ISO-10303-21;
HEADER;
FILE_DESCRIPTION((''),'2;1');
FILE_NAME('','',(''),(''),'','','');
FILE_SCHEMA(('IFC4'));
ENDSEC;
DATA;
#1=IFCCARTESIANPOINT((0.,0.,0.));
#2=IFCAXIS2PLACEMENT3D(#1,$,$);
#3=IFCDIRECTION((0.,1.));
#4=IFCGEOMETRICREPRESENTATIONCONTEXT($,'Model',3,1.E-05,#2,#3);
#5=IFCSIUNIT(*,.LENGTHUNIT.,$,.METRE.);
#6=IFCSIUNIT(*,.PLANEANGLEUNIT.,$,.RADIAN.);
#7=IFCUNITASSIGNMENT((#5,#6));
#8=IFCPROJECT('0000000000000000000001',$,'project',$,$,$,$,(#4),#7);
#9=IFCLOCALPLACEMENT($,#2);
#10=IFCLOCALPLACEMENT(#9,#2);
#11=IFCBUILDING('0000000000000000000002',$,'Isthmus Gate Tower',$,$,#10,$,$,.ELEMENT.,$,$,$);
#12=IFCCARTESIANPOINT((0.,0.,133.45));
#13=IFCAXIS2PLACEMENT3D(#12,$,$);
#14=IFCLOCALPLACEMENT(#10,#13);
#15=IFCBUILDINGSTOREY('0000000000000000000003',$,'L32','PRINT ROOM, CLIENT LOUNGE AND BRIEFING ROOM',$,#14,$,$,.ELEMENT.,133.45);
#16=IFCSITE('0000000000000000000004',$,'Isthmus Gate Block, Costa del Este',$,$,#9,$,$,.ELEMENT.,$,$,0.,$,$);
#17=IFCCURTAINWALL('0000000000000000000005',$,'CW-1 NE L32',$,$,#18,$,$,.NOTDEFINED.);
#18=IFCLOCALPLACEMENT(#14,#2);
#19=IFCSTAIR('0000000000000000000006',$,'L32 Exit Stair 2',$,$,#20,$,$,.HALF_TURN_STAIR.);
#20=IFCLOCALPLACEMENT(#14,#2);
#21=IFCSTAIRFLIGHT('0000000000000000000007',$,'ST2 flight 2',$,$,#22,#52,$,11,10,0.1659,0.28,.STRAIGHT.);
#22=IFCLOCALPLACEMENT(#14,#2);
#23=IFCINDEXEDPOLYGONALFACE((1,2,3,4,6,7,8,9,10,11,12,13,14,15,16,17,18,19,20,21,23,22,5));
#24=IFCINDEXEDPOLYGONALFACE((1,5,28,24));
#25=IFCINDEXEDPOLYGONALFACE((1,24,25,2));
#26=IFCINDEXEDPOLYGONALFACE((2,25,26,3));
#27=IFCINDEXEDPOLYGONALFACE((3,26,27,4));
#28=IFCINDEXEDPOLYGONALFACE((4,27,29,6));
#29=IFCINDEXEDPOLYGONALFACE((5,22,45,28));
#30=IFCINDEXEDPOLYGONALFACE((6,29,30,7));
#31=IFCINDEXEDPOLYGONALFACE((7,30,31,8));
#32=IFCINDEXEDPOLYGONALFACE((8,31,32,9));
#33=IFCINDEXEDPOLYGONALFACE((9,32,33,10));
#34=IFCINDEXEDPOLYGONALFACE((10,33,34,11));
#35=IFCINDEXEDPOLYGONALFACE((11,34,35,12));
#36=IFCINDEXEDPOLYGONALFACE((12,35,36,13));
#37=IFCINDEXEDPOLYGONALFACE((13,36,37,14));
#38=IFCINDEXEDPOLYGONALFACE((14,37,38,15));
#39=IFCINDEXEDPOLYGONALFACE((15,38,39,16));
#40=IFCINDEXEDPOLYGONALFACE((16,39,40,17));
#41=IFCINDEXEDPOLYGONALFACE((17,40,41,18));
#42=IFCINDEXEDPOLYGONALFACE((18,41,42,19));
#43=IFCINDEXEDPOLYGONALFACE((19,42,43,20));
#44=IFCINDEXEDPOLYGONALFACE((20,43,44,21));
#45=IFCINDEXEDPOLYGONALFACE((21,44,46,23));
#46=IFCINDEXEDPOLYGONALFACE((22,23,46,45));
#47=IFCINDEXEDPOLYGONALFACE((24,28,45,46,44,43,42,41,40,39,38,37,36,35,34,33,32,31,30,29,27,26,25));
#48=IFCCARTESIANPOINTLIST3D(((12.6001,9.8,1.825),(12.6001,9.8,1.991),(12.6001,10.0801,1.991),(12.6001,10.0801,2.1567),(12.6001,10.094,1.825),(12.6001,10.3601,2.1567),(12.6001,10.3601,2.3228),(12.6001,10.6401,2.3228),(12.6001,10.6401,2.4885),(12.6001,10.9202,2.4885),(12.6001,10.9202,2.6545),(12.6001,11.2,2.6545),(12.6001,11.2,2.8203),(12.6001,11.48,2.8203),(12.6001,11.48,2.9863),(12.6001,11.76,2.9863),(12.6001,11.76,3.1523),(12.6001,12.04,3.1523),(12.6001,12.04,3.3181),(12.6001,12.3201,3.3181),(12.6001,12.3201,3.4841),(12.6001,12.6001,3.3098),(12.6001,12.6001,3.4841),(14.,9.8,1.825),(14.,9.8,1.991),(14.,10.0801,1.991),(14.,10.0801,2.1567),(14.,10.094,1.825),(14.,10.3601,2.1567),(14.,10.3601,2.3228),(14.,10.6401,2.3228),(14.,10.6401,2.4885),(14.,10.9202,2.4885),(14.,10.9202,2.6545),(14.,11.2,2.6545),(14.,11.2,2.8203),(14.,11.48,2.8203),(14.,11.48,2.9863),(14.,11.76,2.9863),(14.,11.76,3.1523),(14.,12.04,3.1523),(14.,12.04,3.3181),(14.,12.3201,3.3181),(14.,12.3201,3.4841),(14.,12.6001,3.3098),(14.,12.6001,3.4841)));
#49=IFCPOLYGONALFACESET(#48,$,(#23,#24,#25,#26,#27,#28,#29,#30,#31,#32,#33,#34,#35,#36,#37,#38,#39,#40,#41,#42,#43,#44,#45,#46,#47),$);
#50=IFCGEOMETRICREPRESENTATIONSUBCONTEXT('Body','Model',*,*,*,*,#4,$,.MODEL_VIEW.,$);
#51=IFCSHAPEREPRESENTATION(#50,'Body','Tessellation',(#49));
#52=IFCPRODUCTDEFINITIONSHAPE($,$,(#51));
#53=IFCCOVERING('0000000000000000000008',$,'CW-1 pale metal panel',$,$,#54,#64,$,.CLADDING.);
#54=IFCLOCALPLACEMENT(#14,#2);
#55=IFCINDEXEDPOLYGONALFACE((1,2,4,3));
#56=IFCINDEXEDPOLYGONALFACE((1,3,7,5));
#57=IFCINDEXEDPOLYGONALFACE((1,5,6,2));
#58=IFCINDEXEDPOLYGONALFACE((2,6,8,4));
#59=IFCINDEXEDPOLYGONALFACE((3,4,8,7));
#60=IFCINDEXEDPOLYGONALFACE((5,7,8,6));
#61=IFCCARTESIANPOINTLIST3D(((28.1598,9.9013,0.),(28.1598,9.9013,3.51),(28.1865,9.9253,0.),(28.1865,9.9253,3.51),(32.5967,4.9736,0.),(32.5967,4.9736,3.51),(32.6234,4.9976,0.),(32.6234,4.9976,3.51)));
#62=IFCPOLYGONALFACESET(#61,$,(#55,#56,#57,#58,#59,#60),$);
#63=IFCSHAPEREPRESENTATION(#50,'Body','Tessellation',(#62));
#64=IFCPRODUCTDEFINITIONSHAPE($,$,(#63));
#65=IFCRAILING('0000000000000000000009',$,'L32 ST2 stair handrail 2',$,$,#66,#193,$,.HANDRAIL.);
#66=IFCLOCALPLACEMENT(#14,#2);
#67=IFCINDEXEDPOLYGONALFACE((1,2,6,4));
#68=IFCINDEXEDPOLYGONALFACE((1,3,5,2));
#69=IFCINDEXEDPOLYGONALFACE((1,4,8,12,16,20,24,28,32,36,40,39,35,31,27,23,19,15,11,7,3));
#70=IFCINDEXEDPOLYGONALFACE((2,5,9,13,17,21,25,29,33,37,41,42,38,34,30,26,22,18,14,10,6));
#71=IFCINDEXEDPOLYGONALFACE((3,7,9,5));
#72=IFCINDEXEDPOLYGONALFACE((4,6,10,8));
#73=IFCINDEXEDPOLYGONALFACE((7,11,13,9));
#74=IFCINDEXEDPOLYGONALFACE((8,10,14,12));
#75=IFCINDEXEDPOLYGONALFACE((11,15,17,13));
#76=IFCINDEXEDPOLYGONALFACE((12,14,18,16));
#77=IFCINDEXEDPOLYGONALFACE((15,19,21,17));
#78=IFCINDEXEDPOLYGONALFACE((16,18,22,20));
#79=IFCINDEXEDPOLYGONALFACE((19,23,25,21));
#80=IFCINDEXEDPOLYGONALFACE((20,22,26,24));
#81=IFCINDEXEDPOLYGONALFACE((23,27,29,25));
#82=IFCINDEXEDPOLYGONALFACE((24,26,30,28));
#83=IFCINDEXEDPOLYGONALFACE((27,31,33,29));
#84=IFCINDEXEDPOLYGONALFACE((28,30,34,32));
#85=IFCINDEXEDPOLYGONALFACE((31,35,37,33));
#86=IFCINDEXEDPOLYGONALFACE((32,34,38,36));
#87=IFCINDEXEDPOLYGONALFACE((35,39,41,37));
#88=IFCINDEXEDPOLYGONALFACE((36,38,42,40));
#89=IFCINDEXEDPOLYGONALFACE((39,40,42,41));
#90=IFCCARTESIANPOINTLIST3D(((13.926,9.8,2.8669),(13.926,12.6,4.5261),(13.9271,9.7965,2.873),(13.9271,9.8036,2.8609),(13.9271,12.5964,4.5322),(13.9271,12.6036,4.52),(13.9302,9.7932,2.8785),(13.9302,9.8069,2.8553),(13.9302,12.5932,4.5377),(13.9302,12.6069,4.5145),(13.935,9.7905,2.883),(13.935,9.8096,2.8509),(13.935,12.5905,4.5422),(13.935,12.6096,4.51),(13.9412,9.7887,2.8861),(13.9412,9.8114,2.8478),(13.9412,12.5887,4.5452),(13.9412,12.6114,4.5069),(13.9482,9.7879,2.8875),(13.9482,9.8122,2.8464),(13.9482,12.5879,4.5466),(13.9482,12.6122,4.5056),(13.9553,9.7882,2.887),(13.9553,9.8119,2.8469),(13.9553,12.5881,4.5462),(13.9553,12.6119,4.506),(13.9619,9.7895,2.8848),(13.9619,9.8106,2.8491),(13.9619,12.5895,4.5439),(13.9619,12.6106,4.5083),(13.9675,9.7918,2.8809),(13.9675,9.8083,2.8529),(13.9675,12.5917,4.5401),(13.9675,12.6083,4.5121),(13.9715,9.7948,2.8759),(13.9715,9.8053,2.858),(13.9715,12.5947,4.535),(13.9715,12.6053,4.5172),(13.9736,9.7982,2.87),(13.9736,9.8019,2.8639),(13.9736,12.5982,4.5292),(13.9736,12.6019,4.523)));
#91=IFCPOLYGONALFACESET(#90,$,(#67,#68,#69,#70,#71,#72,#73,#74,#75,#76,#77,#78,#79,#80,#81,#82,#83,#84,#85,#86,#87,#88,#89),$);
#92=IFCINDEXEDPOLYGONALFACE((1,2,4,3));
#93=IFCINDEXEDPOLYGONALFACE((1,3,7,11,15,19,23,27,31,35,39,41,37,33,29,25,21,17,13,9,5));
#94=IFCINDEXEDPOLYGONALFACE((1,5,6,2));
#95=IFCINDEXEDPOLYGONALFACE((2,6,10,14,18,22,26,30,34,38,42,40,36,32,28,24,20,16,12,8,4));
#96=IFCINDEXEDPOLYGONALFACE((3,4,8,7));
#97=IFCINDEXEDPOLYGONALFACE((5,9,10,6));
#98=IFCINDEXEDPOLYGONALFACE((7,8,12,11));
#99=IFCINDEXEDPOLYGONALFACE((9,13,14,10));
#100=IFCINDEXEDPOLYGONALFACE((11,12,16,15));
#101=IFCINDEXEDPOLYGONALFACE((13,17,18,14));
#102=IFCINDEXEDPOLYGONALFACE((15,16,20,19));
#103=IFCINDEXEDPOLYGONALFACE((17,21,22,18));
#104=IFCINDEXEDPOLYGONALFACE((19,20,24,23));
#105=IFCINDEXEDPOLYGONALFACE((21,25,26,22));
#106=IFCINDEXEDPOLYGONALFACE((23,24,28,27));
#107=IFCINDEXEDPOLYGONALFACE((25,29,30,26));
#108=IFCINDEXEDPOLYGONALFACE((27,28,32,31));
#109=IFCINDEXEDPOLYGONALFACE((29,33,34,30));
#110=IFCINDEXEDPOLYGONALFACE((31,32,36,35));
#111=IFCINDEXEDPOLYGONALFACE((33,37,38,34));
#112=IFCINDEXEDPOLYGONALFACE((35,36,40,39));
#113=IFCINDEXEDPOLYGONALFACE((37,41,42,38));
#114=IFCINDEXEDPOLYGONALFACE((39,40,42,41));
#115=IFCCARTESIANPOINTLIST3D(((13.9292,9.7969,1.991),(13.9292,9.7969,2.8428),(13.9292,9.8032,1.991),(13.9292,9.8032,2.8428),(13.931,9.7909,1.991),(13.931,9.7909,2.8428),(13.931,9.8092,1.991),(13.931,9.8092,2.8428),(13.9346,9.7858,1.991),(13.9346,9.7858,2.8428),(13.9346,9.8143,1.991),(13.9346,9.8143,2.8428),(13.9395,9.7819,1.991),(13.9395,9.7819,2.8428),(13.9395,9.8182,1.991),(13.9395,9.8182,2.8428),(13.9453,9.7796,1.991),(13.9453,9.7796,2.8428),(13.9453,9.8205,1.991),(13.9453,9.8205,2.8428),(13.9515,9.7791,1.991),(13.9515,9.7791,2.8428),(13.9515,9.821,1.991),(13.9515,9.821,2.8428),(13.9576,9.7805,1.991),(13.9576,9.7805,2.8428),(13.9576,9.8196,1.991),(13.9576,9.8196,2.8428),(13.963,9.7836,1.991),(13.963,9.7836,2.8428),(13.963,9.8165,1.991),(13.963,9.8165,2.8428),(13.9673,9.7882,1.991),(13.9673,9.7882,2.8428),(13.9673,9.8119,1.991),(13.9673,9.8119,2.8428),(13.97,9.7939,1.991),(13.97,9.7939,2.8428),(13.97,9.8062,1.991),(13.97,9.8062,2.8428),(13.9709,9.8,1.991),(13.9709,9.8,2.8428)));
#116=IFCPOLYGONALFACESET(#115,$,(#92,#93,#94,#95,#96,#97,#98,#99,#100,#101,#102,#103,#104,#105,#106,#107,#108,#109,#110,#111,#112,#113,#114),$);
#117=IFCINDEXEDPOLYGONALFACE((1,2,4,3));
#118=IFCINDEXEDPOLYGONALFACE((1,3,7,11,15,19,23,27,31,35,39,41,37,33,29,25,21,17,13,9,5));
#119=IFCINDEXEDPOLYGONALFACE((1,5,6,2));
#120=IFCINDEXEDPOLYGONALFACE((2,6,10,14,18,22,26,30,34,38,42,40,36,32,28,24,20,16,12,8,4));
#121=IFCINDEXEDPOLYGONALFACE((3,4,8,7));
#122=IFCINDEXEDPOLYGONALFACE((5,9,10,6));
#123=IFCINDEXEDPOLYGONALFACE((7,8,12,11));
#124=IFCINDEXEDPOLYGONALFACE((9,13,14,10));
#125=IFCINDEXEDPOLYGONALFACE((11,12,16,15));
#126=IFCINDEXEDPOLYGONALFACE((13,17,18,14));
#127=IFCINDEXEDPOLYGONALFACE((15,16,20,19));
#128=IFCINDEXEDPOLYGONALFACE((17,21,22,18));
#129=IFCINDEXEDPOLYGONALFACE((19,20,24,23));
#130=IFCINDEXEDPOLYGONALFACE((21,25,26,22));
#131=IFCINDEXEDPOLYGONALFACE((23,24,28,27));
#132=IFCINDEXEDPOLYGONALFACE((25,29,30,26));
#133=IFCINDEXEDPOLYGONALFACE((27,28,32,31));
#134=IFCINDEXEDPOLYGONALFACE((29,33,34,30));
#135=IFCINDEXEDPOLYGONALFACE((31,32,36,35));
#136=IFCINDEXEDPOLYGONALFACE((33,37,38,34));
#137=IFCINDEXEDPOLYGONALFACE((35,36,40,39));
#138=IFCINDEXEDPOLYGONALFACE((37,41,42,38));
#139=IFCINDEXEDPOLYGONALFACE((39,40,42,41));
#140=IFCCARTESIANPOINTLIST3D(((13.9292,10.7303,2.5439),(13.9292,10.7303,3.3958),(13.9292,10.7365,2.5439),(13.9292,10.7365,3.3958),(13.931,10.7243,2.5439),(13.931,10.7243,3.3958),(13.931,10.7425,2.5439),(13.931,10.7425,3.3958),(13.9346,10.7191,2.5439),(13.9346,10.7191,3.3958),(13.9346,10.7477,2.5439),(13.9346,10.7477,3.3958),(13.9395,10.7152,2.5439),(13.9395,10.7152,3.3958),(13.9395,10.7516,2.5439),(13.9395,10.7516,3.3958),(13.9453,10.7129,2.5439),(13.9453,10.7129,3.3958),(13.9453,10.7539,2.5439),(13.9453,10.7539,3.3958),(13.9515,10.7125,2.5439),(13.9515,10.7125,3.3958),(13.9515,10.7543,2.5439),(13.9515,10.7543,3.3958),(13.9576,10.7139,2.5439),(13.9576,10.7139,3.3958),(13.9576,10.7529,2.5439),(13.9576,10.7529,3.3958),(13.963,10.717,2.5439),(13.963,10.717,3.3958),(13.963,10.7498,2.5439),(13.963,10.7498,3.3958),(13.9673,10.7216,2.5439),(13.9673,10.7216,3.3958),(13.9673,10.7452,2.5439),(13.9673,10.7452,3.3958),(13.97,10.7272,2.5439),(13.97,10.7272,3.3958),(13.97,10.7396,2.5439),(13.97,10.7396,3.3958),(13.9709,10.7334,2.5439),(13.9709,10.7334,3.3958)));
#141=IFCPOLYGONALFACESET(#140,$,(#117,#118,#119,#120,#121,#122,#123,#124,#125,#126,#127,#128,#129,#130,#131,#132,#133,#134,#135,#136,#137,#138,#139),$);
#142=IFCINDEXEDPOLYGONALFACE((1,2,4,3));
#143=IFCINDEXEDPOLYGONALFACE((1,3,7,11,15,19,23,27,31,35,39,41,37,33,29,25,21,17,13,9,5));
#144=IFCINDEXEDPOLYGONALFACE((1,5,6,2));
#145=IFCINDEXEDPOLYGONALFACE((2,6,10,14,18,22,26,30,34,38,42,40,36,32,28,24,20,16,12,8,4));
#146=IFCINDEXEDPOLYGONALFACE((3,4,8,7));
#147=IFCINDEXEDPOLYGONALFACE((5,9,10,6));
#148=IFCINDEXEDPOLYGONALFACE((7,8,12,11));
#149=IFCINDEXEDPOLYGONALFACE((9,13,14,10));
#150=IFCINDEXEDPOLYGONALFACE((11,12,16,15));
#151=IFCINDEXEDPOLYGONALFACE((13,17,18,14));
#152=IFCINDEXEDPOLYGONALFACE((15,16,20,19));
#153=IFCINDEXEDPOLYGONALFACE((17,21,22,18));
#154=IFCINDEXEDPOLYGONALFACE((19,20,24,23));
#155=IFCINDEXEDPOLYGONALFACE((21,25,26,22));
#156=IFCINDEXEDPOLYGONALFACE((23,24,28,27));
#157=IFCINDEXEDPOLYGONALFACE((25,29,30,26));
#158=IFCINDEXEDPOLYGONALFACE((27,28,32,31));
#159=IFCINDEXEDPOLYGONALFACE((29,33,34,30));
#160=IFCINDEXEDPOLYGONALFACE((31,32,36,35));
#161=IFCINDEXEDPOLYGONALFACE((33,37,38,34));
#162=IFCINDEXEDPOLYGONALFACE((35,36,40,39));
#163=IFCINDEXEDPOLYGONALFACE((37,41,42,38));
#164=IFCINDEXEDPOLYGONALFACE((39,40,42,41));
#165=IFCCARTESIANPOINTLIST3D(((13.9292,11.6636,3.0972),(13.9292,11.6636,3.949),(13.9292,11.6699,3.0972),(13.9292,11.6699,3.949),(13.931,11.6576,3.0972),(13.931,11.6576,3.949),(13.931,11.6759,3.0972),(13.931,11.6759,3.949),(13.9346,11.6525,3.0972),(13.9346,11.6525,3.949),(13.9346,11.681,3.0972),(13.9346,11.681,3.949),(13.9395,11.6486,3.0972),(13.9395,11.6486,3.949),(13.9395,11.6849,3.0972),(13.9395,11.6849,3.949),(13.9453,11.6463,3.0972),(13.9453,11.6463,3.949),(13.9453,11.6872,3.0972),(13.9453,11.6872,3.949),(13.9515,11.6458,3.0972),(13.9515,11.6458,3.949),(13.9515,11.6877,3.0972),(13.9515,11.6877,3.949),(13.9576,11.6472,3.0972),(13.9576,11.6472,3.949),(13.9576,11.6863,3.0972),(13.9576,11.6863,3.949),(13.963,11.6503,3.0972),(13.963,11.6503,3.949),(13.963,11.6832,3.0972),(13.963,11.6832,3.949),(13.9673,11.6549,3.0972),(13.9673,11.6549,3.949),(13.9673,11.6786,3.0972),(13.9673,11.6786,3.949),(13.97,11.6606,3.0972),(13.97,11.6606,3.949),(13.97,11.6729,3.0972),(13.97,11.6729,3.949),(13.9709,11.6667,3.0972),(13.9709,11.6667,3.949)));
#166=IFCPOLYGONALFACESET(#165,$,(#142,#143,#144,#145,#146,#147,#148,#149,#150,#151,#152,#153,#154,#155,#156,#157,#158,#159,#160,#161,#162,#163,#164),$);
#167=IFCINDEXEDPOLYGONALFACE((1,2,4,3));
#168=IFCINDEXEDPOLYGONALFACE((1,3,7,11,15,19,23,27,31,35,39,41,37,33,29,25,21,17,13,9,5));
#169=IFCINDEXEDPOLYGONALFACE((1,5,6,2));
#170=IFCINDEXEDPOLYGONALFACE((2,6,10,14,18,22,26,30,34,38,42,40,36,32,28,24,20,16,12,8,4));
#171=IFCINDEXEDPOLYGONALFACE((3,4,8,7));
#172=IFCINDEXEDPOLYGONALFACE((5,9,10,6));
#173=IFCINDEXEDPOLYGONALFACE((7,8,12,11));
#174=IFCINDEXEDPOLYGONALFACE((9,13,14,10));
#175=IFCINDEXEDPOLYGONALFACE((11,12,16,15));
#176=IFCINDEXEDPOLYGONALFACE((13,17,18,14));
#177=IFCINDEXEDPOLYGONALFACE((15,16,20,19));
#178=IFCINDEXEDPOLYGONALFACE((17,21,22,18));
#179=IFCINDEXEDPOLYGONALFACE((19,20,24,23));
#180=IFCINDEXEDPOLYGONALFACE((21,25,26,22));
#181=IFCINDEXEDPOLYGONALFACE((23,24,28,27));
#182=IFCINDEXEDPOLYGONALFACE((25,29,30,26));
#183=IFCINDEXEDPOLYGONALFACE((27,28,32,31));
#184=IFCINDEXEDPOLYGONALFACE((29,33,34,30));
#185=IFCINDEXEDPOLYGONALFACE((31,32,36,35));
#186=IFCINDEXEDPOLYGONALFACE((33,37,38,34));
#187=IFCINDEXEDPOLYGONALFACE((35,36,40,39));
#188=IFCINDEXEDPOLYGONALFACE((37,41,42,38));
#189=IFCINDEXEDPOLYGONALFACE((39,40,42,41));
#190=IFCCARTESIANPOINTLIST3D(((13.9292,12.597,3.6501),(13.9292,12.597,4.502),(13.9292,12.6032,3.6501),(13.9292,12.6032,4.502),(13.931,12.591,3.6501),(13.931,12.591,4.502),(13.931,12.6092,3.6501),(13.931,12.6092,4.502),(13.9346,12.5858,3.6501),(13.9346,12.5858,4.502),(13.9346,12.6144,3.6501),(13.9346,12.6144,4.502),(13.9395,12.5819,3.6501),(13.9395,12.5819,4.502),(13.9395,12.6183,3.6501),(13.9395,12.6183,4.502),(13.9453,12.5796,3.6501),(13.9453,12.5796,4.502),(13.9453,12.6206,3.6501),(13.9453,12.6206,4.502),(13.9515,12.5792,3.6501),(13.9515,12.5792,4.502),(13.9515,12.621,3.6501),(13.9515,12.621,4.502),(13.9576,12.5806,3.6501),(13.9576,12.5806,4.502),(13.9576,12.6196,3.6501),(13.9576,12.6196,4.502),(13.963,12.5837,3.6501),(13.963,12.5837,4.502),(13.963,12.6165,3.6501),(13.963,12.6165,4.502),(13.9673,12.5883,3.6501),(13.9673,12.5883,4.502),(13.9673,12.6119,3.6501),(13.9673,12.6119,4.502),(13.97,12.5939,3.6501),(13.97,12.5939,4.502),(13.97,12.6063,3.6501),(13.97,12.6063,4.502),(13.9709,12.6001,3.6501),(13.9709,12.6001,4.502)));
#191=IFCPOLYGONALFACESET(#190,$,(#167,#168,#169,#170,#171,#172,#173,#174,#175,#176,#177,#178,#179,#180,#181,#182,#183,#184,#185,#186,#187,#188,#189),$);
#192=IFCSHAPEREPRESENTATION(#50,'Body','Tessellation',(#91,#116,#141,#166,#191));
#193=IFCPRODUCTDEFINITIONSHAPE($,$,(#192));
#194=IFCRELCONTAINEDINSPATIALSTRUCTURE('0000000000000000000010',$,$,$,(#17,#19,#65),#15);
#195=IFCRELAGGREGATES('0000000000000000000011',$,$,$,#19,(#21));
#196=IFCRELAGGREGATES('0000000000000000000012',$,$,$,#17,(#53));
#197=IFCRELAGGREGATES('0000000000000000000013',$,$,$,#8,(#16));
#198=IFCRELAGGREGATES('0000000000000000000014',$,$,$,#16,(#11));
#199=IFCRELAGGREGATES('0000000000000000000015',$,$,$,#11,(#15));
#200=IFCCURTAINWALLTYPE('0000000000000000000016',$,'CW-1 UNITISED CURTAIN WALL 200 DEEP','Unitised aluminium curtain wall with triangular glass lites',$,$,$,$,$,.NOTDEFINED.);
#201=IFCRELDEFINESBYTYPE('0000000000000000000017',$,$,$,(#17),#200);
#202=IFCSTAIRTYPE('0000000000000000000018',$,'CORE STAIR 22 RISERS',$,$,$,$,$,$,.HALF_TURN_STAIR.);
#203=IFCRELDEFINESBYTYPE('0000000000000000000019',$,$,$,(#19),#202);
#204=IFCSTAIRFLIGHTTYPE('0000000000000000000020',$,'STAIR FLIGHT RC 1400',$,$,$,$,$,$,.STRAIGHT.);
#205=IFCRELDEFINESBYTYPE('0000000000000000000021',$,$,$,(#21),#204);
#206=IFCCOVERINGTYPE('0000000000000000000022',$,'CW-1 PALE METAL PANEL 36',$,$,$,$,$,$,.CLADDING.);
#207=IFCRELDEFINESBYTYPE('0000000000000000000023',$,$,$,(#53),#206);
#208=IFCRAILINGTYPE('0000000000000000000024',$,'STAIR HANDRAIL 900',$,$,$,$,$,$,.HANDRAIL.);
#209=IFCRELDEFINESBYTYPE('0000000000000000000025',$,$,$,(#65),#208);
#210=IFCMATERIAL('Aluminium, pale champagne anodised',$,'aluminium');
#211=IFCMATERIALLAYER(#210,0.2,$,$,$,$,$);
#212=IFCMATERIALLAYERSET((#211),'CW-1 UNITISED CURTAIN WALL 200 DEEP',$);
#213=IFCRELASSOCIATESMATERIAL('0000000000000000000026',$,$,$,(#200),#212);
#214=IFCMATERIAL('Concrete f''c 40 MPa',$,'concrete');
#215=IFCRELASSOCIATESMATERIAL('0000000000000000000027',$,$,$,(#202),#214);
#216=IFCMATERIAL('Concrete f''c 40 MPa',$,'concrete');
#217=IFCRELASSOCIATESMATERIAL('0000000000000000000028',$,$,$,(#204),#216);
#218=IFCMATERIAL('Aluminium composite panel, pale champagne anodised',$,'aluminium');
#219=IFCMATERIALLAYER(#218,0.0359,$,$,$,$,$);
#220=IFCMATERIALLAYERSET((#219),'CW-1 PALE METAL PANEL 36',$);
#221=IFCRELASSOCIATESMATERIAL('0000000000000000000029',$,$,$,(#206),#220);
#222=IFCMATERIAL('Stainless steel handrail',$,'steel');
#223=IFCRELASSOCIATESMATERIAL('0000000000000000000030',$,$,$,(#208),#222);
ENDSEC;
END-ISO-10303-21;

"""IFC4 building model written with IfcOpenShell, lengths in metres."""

from ifc_helpers import new_model, si_unit, direction, frame, origin, origin_2d, place, context, subcontext, project, spatial, polyline, rectangle, circle, outline, extrude, material, layer, layer_set, type_object, element, aggregate, save


model = new_model("IFC4")

# Units and contexts
model_context = context("Model", 3, precision=1e-05, world=origin(), true_north=direction((0.0, 1.0)))
body_context = subcontext(model_context, "Body", "Model", "MODEL_VIEW")
ifc_project = project(units=[si_unit("LENGTHUNIT", "METRE"), si_unit("PLANEANGLEUNIT", "RADIAN")], contexts=[model_context])

# Site, building, storey
site_placement = place(None, origin())
site = spatial("IfcSite", under=ifc_project, at=site_placement, Name="Isthmus Gate Block, Costa del Este", CompositionType="ELEMENT", RefElevation=0.0)
building_placement = place(site_placement, origin())
building = spatial("IfcBuilding", under=site, at=building_placement, Name="Isthmus Gate Tower", CompositionType="ELEMENT")
storey_placement = place(building_placement, frame((0.0, 0.0, 133.45)))
storey = spatial("IfcBuildingStorey", under=building, at=storey_placement, Name="L32", Description="PRINT ROOM, CLIENT LOUNGE AND BRIEFING ROOM", CompositionType="ELEMENT", Elevation=133.45)

# Curtain wall
ifc_material_1 = material(Name="Aluminium, pale champagne anodised", Category="aluminium")
ifc_layer_1 = layer(ifc_material_1, 0.2)
ifc_layer_set_1 = layer_set([ifc_layer_1], Name="CW-1 UNITISED CURTAIN WALL 200 DEEP")
curtain_wall_type = type_object("IfcCurtainWallType", Name="CW-1 UNITISED CURTAIN WALL 200 DEEP", Description="Unitised aluminium curtain wall with triangular glass lites", PredefinedType="NOTDEFINED", material=ifc_layer_set_1)
curtain_wall_placement = place(storey_placement, origin())
curtain_wall = element("IfcCurtainWall", 1, at=curtain_wall_placement, inside=storey, type_object=curtain_wall_type, Name="CW-1 NE L32", PredefinedType="NOTDEFINED")

# Stair, stair flight
ifc_material_2 = material(Name="Concrete f'c 40 MPa", Category="concrete")
stair_type = type_object("IfcStairType", Name="CORE STAIR 22 RISERS", PredefinedType="HALF_TURN_STAIR", material=ifc_material_2)
stair_placement = place(storey_placement, origin())
stair = element("IfcStair", 2, at=stair_placement, inside=storey, type_object=stair_type, Name="L32 Exit Stair 2", PredefinedType="HALF_TURN_STAIR")
ifc_material_3 = material(Name="Concrete f'c 40 MPa", Category="concrete")
stair_flight_type = type_object("IfcStairFlightType", Name="STAIR FLIGHT RC 1400", PredefinedType="STRAIGHT", material=ifc_material_3)
stair_flight_placement = place(storey_placement, frame((13.3, 9.8, 1.825), z_axis=(0.0, 0.0, 1.0), x_axis=(0.0, 1.0, 0.0)))
stair_flight = element("IfcStairFlight", 3, at=stair_flight_placement, type_object=stair_flight_type, Name="ST2 flight 2", NumberOfRisers=11, NumberOfTreads=10, PredefinedType="STRAIGHT", RiserHeight=0.1659, TreadLength=0.28, context=body_context, shape_type="SweptSolid", body=[
    extrude(outline(polyline([(0.0, 0.0), (0.0, 0.166), (0.28, 0.166), (0.28, 0.3318), (0.5601, 0.3318), (0.5601, 0.4978), (0.8401, 0.4978), (0.8401, 0.6636), (1.1201, 0.6636), (1.1201, 0.8296), (1.3999, 0.8296), (1.3999, 0.9954), (1.6799, 0.9954), (1.6799, 1.1614), (1.96, 1.1614), (1.96, 1.3274), (2.24, 1.3274), (2.24, 1.4932), (2.52, 1.4932), (2.52, 1.6592), (2.8, 1.6592), (2.8, 1.825), (2.8, 1.4849), (0.2939, 0.0), (0.0, 0.0)])), frame((0.0, 0.7, 0.0), z_axis=(0.0, -1.0, 0.0), x_axis=(1.0, 0.0, 0.0)), (0.0, 0.0, 1.0), 1.3999),
])
aggregate(stair, [stair_flight])

# Covering
ifc_material_4 = material(Name="Aluminium composite panel, pale champagne anodised", Category="aluminium")
ifc_layer_2 = layer(ifc_material_4, 0.0359)
ifc_layer_set_2 = layer_set([ifc_layer_2], Name="CW-1 PALE METAL PANEL 36")
covering_type = type_object("IfcCoveringType", Name="CW-1 PALE METAL PANEL 36", PredefinedType="CLADDING", material=ifc_layer_set_2)
covering_placement = place(storey_placement, frame((30.3916, 7.4495, 0.0), z_axis=(0.0, 0.0, 1.0), x_axis=(-0.669131, 0.743145, 0.0)))
covering = element("IfcCovering", 4, at=covering_placement, type_object=covering_type, Name="CW-1 pale metal panel", PredefinedType="CLADDING", context=body_context, shape_type="SweptSolid", body=[
    extrude(rectangle(XDim=6.6309, YDim=0.0359, at=origin_2d()), origin(), (0.0, 0.0, 1.0), 3.51),
])
aggregate(curtain_wall, [covering])

# Railing
ifc_material_5 = material(Name="Stainless steel handrail", Category="steel")
railing_type = type_object("IfcRailingType", Name="STAIR HANDRAIL 900", PredefinedType="HANDRAIL", material=ifc_material_5)
railing_placement = place(storey_placement, frame((13.95, 9.8, 1.991)))
element("IfcRailing", 5, at=railing_placement, inside=storey, type_object=railing_type, Name="L32 ST2 stair handrail 2", PredefinedType="HANDRAIL", context=body_context, shape_type="SweptSolid", body=[
    extrude(circle(Radius=0.0239, at=origin_2d()), frame((0.0, 0.0, 0.876), z_axis=(0.0, 0.860306, 0.509778), x_axis=(-1.0, 0.0, 0.0)), (0.0, 0.0, 1.0), 3.2546),
    extrude(circle(Radius=0.021, at=origin_2d()), origin(), (0.0, 0.0, 1.0), 0.8518),
    extrude(circle(Radius=0.021, at=origin_2d()), frame((0.0, 0.9333, 0.553)), (0.0, 0.0, 1.0), 0.8518),
    extrude(circle(Radius=0.021, at=origin_2d()), frame((0.0, 1.8667, 1.1062)), (0.0, 0.0, 1.0), 0.8518),
    extrude(circle(Radius=0.021, at=origin_2d()), frame((0.0, 2.8, 1.6592)), (0.0, 0.0, 1.0), 0.8518),
])

save(model, "model.ifc")
